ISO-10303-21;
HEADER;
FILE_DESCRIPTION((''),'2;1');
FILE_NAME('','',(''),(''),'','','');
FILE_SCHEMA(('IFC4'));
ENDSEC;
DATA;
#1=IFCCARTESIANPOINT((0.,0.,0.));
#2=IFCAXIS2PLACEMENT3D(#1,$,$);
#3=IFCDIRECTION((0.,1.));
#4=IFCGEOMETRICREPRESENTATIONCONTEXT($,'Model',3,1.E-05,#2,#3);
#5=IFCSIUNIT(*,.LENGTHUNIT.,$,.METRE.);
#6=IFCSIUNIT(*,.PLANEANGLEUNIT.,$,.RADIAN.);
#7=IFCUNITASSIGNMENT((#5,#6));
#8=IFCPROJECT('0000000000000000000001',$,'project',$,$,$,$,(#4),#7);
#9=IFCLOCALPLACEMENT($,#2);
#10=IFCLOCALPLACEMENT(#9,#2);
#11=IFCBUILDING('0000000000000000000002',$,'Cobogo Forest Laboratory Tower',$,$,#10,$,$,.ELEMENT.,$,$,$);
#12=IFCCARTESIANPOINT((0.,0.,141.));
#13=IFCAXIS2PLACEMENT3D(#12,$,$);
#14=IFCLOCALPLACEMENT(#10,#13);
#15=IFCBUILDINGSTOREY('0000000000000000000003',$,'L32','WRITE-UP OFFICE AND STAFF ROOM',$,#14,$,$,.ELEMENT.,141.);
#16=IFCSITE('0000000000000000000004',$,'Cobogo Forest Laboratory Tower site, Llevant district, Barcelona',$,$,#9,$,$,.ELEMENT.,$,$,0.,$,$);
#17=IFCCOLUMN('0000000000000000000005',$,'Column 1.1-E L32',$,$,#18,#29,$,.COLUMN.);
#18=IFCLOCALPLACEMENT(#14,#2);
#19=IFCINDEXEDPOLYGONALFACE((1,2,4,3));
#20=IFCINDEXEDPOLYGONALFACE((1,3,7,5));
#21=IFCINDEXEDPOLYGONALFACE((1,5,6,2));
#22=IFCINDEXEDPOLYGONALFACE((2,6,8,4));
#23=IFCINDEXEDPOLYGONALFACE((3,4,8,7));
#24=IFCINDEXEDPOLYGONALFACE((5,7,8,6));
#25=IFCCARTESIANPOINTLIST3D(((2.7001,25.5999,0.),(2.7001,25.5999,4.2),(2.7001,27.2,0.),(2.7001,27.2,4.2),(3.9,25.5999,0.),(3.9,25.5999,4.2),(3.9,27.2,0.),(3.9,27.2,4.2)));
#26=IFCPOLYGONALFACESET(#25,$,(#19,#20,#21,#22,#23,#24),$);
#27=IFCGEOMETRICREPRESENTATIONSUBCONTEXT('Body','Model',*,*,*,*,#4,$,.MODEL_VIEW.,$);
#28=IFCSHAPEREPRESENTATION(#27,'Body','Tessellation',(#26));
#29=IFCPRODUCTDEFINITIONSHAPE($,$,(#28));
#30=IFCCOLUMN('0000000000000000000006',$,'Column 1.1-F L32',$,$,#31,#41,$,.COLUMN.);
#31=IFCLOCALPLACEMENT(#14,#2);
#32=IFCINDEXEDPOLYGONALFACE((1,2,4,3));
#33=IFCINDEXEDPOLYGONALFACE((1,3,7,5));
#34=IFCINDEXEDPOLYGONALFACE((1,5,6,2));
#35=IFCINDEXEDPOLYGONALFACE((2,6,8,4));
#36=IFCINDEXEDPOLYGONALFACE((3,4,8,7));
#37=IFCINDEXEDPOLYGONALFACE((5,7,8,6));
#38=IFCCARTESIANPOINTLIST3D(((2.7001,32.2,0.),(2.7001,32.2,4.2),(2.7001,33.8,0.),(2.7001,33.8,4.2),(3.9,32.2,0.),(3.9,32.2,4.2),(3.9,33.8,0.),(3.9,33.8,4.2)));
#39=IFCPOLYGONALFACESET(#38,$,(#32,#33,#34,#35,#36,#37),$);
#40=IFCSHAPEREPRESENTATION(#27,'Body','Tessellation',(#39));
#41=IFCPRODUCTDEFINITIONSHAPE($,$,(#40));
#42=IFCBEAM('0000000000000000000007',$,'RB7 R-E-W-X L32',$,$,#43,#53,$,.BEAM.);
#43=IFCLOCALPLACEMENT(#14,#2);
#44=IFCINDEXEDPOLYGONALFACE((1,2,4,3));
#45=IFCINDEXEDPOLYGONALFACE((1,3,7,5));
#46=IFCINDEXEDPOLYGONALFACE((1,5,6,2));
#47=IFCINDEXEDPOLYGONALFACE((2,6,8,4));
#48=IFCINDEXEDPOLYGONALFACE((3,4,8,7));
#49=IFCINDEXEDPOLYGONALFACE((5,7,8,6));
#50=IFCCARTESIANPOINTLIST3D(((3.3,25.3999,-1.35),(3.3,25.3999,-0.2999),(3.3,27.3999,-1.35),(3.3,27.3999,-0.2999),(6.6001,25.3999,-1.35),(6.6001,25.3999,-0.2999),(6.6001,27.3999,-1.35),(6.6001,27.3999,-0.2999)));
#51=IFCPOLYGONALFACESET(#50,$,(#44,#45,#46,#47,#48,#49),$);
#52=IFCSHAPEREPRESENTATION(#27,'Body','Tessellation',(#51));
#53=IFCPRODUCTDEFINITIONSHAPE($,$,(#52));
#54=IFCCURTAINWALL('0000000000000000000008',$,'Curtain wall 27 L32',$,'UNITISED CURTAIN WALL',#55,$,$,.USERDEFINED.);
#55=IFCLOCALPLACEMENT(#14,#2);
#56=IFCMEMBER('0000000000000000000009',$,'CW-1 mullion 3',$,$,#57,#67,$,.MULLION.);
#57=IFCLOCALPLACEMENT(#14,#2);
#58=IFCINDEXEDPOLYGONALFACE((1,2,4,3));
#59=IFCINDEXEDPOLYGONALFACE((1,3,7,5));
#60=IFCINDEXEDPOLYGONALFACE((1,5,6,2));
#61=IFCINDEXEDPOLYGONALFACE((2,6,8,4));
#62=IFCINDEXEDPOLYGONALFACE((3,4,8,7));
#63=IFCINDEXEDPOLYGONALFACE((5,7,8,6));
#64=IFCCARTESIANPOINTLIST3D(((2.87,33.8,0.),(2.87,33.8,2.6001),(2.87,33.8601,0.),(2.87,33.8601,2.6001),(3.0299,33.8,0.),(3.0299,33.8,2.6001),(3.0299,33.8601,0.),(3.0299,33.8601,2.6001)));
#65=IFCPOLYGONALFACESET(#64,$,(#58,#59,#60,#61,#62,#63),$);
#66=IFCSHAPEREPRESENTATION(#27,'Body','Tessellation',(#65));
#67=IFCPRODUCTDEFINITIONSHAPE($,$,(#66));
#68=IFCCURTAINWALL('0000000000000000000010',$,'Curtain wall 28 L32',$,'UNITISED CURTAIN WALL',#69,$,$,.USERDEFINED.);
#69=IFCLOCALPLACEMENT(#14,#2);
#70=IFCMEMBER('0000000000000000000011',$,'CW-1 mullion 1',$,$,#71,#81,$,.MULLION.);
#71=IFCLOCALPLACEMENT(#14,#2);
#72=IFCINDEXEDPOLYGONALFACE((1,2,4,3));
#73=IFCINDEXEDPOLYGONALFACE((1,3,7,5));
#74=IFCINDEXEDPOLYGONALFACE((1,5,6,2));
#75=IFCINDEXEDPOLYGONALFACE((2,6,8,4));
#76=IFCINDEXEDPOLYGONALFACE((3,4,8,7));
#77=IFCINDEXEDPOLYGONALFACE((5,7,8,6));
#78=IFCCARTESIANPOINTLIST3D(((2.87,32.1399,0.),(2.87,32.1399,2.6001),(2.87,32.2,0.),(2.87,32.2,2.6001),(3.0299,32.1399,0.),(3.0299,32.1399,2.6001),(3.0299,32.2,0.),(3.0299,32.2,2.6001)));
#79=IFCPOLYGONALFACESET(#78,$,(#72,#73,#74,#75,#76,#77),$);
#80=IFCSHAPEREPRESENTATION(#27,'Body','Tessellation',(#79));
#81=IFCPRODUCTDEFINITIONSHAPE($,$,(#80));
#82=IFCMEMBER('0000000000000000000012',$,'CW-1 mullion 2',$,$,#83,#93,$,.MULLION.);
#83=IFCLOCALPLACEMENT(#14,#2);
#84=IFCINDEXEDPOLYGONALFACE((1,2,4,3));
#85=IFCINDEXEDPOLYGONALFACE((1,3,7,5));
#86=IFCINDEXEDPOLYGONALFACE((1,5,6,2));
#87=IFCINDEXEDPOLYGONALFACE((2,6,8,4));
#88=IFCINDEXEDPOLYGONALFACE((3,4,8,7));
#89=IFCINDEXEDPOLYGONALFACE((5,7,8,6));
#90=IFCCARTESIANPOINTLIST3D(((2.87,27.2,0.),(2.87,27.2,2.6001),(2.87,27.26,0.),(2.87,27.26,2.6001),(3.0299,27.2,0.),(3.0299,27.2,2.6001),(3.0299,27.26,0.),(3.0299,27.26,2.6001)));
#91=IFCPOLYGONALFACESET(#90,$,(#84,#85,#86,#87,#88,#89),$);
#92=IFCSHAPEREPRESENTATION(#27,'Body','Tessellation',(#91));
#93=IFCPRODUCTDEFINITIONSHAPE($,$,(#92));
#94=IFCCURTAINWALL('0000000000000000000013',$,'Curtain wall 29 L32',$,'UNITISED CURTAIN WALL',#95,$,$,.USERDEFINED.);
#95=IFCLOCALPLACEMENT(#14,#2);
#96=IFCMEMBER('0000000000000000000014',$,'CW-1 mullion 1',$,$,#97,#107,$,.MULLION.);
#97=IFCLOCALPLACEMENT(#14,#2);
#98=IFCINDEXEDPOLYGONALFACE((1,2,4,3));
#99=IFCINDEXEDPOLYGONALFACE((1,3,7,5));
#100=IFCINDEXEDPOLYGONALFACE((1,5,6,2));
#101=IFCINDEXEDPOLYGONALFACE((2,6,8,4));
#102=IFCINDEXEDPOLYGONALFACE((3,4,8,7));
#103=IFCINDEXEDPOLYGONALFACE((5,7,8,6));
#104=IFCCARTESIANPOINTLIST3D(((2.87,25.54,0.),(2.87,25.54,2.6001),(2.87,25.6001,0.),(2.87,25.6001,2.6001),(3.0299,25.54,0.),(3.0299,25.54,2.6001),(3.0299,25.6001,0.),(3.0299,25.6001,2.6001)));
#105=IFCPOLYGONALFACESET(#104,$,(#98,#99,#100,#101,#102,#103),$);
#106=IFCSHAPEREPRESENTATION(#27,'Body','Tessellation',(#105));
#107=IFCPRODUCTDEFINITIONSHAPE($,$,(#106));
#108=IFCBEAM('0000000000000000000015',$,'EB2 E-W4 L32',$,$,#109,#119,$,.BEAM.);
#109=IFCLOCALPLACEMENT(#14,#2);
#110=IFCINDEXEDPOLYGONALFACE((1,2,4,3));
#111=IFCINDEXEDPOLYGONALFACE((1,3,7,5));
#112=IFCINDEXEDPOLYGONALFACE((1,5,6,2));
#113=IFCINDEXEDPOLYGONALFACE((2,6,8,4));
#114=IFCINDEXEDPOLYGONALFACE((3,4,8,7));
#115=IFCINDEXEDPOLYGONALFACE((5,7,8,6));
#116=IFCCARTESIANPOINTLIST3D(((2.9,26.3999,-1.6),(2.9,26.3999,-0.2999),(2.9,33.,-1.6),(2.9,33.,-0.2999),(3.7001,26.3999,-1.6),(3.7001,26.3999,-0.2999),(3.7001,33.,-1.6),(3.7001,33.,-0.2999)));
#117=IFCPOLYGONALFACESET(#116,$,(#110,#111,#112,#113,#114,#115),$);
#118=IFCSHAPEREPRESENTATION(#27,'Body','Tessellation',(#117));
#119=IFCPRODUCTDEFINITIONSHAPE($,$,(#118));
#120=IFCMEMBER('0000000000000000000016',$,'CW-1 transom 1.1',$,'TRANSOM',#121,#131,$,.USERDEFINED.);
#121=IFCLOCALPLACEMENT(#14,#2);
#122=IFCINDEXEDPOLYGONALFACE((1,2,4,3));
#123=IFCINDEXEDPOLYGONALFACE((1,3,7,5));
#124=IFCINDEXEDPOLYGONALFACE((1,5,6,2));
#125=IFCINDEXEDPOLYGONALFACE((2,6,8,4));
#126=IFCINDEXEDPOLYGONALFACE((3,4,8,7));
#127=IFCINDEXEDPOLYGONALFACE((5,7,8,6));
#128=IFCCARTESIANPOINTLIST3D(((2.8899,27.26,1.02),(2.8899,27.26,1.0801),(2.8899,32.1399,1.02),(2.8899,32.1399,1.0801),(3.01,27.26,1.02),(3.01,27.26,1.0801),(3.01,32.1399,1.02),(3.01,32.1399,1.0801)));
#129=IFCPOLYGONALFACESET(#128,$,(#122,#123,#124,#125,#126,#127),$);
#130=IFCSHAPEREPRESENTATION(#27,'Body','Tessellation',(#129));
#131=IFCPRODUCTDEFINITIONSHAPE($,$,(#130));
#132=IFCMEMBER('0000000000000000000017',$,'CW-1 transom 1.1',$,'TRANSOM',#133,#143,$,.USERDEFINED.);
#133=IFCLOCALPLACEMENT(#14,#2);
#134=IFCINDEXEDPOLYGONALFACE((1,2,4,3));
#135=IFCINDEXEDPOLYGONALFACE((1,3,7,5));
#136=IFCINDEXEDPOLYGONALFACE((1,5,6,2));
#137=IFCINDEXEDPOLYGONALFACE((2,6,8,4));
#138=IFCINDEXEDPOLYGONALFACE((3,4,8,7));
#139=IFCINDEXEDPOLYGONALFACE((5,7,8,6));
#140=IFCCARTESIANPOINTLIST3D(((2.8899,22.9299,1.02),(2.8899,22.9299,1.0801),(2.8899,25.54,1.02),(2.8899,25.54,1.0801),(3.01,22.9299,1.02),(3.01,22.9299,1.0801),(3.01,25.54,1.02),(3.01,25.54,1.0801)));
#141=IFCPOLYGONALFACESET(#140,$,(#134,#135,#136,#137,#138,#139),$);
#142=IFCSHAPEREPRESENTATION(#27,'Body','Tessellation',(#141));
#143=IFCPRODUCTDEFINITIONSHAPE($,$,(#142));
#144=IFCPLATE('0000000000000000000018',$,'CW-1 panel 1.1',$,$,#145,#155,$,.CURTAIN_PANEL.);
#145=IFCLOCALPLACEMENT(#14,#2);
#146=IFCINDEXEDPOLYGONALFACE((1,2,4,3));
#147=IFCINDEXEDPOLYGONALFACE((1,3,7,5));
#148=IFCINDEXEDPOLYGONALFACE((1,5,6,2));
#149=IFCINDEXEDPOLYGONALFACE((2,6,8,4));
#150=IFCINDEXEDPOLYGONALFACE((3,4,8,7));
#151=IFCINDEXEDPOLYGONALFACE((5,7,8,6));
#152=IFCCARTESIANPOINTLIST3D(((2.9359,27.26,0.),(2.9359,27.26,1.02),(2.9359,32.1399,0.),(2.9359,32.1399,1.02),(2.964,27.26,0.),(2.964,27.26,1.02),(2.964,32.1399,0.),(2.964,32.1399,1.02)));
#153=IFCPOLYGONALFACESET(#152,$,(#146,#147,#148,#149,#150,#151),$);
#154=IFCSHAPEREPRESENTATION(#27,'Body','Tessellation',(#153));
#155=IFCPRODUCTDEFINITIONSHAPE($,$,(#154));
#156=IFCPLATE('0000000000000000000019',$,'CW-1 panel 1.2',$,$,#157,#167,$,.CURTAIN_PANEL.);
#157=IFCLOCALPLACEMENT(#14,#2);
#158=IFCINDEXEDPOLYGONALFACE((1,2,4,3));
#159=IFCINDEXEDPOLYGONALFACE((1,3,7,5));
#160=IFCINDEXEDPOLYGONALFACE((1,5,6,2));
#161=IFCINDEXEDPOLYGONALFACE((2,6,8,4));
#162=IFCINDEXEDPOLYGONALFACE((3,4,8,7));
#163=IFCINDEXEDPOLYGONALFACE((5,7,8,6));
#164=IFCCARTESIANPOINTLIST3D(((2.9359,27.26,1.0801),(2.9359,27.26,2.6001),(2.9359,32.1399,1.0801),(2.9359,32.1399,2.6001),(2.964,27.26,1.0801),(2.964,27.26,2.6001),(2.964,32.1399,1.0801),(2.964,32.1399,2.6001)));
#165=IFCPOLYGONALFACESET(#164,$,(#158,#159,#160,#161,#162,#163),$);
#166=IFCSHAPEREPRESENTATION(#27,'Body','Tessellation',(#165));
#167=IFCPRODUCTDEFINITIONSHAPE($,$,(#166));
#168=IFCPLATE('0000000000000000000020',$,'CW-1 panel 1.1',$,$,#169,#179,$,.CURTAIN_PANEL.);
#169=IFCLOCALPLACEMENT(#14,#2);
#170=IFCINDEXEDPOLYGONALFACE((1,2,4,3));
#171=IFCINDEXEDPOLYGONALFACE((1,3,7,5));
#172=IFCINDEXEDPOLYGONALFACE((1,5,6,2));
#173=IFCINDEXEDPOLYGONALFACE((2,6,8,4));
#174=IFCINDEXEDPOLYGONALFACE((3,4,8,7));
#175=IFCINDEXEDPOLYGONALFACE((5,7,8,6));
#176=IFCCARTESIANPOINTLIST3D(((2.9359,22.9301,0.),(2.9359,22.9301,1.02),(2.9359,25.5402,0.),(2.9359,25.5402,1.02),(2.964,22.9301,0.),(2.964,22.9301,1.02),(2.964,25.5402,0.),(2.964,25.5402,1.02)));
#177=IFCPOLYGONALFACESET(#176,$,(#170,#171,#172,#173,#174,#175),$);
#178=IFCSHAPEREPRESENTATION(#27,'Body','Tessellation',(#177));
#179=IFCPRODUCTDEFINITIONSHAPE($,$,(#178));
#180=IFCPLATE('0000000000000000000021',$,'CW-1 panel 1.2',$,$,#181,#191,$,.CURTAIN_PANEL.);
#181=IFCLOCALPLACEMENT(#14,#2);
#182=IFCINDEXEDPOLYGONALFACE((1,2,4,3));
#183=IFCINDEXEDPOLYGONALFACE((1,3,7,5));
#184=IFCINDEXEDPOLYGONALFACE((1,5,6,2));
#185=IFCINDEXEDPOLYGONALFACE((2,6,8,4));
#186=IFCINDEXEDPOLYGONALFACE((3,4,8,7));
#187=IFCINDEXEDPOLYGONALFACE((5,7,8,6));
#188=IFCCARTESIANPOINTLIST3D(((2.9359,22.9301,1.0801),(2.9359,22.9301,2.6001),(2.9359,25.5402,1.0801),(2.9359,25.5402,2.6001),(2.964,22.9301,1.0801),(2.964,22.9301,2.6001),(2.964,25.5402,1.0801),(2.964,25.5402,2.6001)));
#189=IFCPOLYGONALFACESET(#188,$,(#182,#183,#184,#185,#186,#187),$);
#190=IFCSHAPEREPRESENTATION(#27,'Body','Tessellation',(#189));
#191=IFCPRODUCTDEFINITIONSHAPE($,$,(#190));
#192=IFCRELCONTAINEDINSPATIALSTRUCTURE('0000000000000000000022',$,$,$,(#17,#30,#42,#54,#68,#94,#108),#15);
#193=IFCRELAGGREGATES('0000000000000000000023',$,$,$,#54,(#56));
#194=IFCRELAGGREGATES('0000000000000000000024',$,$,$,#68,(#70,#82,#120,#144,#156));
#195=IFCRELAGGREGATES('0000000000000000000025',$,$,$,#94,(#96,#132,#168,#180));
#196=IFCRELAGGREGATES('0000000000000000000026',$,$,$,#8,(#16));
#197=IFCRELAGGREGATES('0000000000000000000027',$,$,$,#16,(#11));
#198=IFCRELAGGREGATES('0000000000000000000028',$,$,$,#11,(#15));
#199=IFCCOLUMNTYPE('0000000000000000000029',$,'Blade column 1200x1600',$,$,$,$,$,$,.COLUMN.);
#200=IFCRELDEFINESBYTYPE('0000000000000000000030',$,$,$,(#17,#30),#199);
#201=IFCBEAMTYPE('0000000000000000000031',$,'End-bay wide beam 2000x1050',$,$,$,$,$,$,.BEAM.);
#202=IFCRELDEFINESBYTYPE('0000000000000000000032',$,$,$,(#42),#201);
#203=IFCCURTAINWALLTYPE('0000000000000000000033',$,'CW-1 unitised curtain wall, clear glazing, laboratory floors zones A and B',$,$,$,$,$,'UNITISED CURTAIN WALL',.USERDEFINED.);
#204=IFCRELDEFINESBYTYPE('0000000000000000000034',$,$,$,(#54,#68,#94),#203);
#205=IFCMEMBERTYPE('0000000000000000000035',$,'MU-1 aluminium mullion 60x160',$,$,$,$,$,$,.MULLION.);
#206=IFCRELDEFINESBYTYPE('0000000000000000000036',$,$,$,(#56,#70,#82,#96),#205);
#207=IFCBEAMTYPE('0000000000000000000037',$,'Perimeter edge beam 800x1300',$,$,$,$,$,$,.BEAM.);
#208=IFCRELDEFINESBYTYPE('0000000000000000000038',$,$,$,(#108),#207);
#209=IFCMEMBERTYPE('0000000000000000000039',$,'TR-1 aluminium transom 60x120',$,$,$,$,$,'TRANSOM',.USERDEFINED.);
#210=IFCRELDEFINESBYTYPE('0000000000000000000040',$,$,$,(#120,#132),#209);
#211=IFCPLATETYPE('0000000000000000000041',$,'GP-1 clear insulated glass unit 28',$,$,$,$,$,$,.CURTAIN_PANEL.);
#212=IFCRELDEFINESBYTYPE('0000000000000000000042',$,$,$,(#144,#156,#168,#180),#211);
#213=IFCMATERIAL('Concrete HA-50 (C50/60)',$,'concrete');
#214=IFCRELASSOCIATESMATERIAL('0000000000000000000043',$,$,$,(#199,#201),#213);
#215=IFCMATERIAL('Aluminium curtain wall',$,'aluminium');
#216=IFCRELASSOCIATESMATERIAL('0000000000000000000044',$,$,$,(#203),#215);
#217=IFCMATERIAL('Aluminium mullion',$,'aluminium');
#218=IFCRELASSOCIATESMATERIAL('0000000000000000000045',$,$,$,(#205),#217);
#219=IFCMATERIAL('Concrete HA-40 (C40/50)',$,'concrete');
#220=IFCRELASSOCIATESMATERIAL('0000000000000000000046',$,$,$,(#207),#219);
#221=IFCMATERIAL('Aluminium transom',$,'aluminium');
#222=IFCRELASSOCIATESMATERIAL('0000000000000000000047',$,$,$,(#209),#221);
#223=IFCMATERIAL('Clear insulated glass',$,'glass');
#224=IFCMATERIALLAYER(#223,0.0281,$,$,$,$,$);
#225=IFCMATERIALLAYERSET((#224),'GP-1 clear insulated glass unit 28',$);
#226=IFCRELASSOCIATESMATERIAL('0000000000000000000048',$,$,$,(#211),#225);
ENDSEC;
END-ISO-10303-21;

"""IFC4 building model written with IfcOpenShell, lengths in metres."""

from ifc_helpers import new_model, si_unit, direction, frame, origin, origin_2d, place, context, subcontext, project, spatial, rectangle, extrude, material, layer, layer_set, material_profile, profile_set, type_object, element, aggregate, save


model = new_model("IFC4")

# Units and contexts
model_context = context("Model", 3, precision=1e-05, world=origin(), true_north=direction((0.0, 1.0)))
body_context = subcontext(model_context, "Body", "Model", "MODEL_VIEW")
ifc_project = project(units=[si_unit("LENGTHUNIT", "METRE"), si_unit("PLANEANGLEUNIT", "RADIAN")], contexts=[model_context])

# Site, building, storey
site_placement = place(None, origin())
site = spatial("IfcSite", under=ifc_project, at=site_placement, Name="Cobogo Forest Laboratory Tower site, Llevant district, Barcelona", CompositionType="ELEMENT", RefElevation=0.0)
building_placement = place(site_placement, origin())
building = spatial("IfcBuilding", under=site, at=building_placement, Name="Cobogo Forest Laboratory Tower", CompositionType="ELEMENT")
storey_placement = place(building_placement, frame((0.0, 0.0, 141.0)))
storey = spatial("IfcBuildingStorey", under=building, at=storey_placement, Name="L32", Description="WRITE-UP OFFICE AND STAFF ROOM", CompositionType="ELEMENT", Elevation=141.0)

# Columns
ifc_material_1 = material(Name="Concrete HA-50 (C50/60)", Category="concrete")
ifc_material_profile_1 = material_profile(ifc_material_1, rectangle(XDim=1.6001, YDim=1.2, at=origin_2d()), Name="RC 1200x1600")
ifc_profile_set_1 = profile_set([ifc_material_profile_1], Name="Concrete HA-50 (C50/60)")
column_type = type_object("IfcColumnType", Name="Blade column 1200x1600", PredefinedType="COLUMN", material=ifc_profile_set_1)
for number, where, z_axis, x_axis, name in (
    (1, (3.3, 26.3999, 0.0), (0.0, 0.0, 1.0), (0.0, 1.0, 0.0), "Column 1.1-E L32"),
    (2, (3.3, 33.0, 0.0), (0.0, 0.0, 1.0), (0.0, 1.0, 0.0), "Column 1.1-F L32"),
):
    element("IfcColumn", number, at=place(storey_placement, frame(where, z_axis=z_axis, x_axis=x_axis)), inside=storey, type_object=column_type, Name=name, PredefinedType="COLUMN", context=body_context, shape_type="SweptSolid", body=[
        extrude(rectangle(XDim=1.6001, YDim=1.2, at=origin_2d()), origin(), (0.0, 0.0, 1.0), 4.2),
    ])

# Beam
ifc_material_profile_2 = material_profile(ifc_material_1, rectangle(XDim=2.0, YDim=1.05, at=origin_2d()), Name="RC 2000x1050")
ifc_profile_set_2 = profile_set([ifc_material_profile_2], Name="Concrete HA-50 (C50/60)")
beam_type_1 = type_object("IfcBeamType", Name="End-bay wide beam 2000x1050", PredefinedType="BEAM", material=ifc_profile_set_2)
beam_1_placement = place(storey_placement, frame((3.3, 26.3999, -0.825), z_axis=(1.0, 0.0, 0.0), x_axis=(0.0, 1.0, 0.0)))
element("IfcBeam", 3, at=beam_1_placement, inside=storey, type_object=beam_type_1, Name="RB7 R-E-W-X L32", PredefinedType="BEAM", context=body_context, shape_type="SweptSolid", body=[
    extrude(rectangle(XDim=2.0, YDim=1.05, at=origin_2d()), origin(), (0.0, 0.0, 1.0), 3.3),
])

# Curtain wall, member
ifc_material_2 = material(Name="Aluminium curtain wall", Category="aluminium")
curtain_wall_type = type_object("IfcCurtainWallType", Name="CW-1 unitised curtain wall, clear glazing, laboratory floors zones A and B", ElementType="UNITISED CURTAIN WALL", PredefinedType="USERDEFINED", material=ifc_material_2)
curtain_wall_1_placement = place(storey_placement, origin())
curtain_wall_1 = element("IfcCurtainWall", 4, at=curtain_wall_1_placement, inside=storey, type_object=curtain_wall_type, Name="Curtain wall 27 L32", ObjectType="UNITISED CURTAIN WALL", PredefinedType="USERDEFINED")
ifc_material_3 = material(Name="Aluminium mullion", Category="aluminium")
ifc_material_profile_3 = material_profile(ifc_material_3, rectangle(XDim=0.0601, YDim=0.1599, at=origin_2d()), Name="AL 60x160")
ifc_profile_set_3 = profile_set([ifc_material_profile_3], Name="Aluminium mullion")
member_type_1 = type_object("IfcMemberType", Name="MU-1 aluminium mullion 60x160", PredefinedType="MULLION", material=ifc_profile_set_3)
member_1_placement = place(storey_placement, frame((2.95, 33.8301, 0.0), z_axis=(0.0, 0.0, 1.0), x_axis=(0.0, -1.0, 0.0)))
member_1 = element("IfcMember", 5, at=member_1_placement, type_object=member_type_1, Name="CW-1 mullion 3", PredefinedType="MULLION", context=body_context, shape_type="SweptSolid", body=[
    extrude(rectangle(XDim=0.0601, YDim=0.1599, at=origin_2d()), origin(), (0.0, 0.0, 1.0), 2.6001),
])
aggregate(curtain_wall_1, [member_1])

# Curtain wall, members
curtain_wall_2_placement = place(storey_placement, origin())
curtain_wall_2 = element("IfcCurtainWall", 6, at=curtain_wall_2_placement, inside=storey, type_object=curtain_wall_type, Name="Curtain wall 28 L32", ObjectType="UNITISED CURTAIN WALL", PredefinedType="USERDEFINED")
member_2_placement = place(storey_placement, frame((2.95, 32.1699, 0.0), z_axis=(0.0, 0.0, 1.0), x_axis=(0.0, -1.0, 0.0)))
member_2 = element("IfcMember", 7, at=member_2_placement, type_object=member_type_1, Name="CW-1 mullion 1", PredefinedType="MULLION", context=body_context, shape_type="SweptSolid", body=[
    extrude(rectangle(XDim=0.0601, YDim=0.1599, at=origin_2d()), origin(), (0.0, 0.0, 1.0), 2.6001),
])
member_3_placement = place(storey_placement, frame((2.95, 27.23, 0.0), z_axis=(0.0, 0.0, 1.0), x_axis=(0.0, -1.0, 0.0)))
member_3 = element("IfcMember", 8, at=member_3_placement, type_object=member_type_1, Name="CW-1 mullion 2", PredefinedType="MULLION", context=body_context, shape_type="SweptSolid", body=[
    extrude(rectangle(XDim=0.0601, YDim=0.1599, at=origin_2d()), origin(), (0.0, 0.0, 1.0), 2.6001),
])

# Curtain wall, member
curtain_wall_3_placement = place(storey_placement, origin())
curtain_wall_3 = element("IfcCurtainWall", 9, at=curtain_wall_3_placement, inside=storey, type_object=curtain_wall_type, Name="Curtain wall 29 L32", ObjectType="UNITISED CURTAIN WALL", PredefinedType="USERDEFINED")
member_4_placement = place(storey_placement, frame((2.95, 25.5701, 0.0), z_axis=(0.0, 0.0, 1.0), x_axis=(0.0, -1.0, 0.0)))
member_4 = element("IfcMember", 10, at=member_4_placement, type_object=member_type_1, Name="CW-1 mullion 1", PredefinedType="MULLION", context=body_context, shape_type="SweptSolid", body=[
    extrude(rectangle(XDim=0.0601, YDim=0.1599, at=origin_2d()), origin(), (0.0, 0.0, 1.0), 2.6001),
])

# Beam
ifc_material_4 = material(Name="Concrete HA-40 (C40/50)", Category="concrete")
ifc_material_profile_4 = material_profile(ifc_material_4, rectangle(XDim=0.8, YDim=1.3, at=origin_2d()), Name="RC 800x1300")
ifc_profile_set_4 = profile_set([ifc_material_profile_4], Name="Concrete HA-40 (C40/50)")
beam_type_2 = type_object("IfcBeamType", Name="Perimeter edge beam 800x1300", PredefinedType="BEAM", material=ifc_profile_set_4)
beam_2_placement = place(storey_placement, frame((3.3, 26.3999, -0.95), z_axis=(0.0, 1.0, 0.0), x_axis=(-1.0, 0.0, 0.0)))
element("IfcBeam", 11, at=beam_2_placement, inside=storey, type_object=beam_type_2, Name="EB2 E-W4 L32", PredefinedType="BEAM", context=body_context, shape_type="SweptSolid", body=[
    extrude(rectangle(XDim=0.8, YDim=1.3, at=origin_2d()), origin(), (0.0, 0.0, 1.0), 6.6001),
])

# Members
ifc_material_5 = material(Name="Aluminium transom", Category="aluminium")
ifc_material_profile_5 = material_profile(ifc_material_5, rectangle(XDim=0.1201, YDim=0.0601, at=origin_2d()), Name="AL 60x120")
ifc_profile_set_5 = profile_set([ifc_material_profile_5], Name="Aluminium transom")
member_type_2 = type_object("IfcMemberType", Name="TR-1 aluminium transom 60x120", ElementType="TRANSOM", PredefinedType="USERDEFINED", material=ifc_profile_set_5)
member_5_placement = place(storey_placement, frame((2.95, 32.1399, 1.05), z_axis=(0.0, -1.0, 0.0), x_axis=(1.0, 0.0, 0.0)))
member_5 = element("IfcMember", 12, at=member_5_placement, type_object=member_type_2, Name="CW-1 transom 1.1", ObjectType="TRANSOM", PredefinedType="USERDEFINED", context=body_context, shape_type="SweptSolid", body=[
    extrude(rectangle(XDim=0.1201, YDim=0.0601, at=origin_2d()), origin(), (0.0, 0.0, 1.0), 4.8799),
])
member_6_placement = place(storey_placement, frame((2.95, 25.54, 1.05), z_axis=(0.0, -1.0, 0.0), x_axis=(1.0, 0.0, 0.0)))
member_6 = element("IfcMember", 13, at=member_6_placement, type_object=member_type_2, Name="CW-1 transom 1.1", ObjectType="TRANSOM", PredefinedType="USERDEFINED", context=body_context, shape_type="SweptSolid", body=[
    extrude(rectangle(XDim=0.1201, YDim=0.0601, at=origin_2d()), origin(), (0.0, 0.0, 1.0), 2.6101),
])

# Plates
ifc_material_6 = material(Name="Clear insulated glass", Category="glass")
ifc_layer = layer(ifc_material_6, 0.0281)
ifc_layer_set = layer_set([ifc_layer], Name="GP-1 clear insulated glass unit 28")
plate_type_1 = type_object("IfcPlateType", Name="GP-1 clear insulated glass unit 28", PredefinedType="CURTAIN_PANEL", material=ifc_layer_set)
plate_1_placement = place(storey_placement, frame((2.95, 29.7, 0.0), z_axis=(0.0, 0.0, 1.0), x_axis=(0.0, -1.0, 0.0)))
plate_1 = element("IfcPlate", 14, at=plate_1_placement, type_object=plate_type_1, Name="CW-1 panel 1.1", PredefinedType="CURTAIN_PANEL", context=body_context, shape_type="SweptSolid", body=[
    extrude(rectangle(XDim=4.8799, YDim=0.0281, at=origin_2d()), origin(), (0.0, 0.0, 1.0), 1.02),
])
plate_2_placement = place(storey_placement, frame((2.95, 29.7, 1.0801), z_axis=(0.0, 0.0, 1.0), x_axis=(0.0, -1.0, 0.0)))
plate_2 = element("IfcPlate", 15, at=plate_2_placement, type_object=plate_type_1, Name="CW-1 panel 1.2", PredefinedType="CURTAIN_PANEL", context=body_context, shape_type="SweptSolid", body=[
    extrude(rectangle(XDim=4.8799, YDim=0.0281, at=origin_2d()), origin(), (0.0, 0.0, 1.0), 1.52),
])
aggregate(curtain_wall_2, [member_2, member_3, member_5, plate_1, plate_2])
plate_3_placement = place(storey_placement, frame((2.95, 24.2351, 0.0), z_axis=(0.0, 0.0, 1.0), x_axis=(0.0, -1.0, 0.0)))
plate_3 = element("IfcPlate", 16, at=plate_3_placement, type_object=plate_type_1, Name="CW-1 panel 1.1", PredefinedType="CURTAIN_PANEL", context=body_context, shape_type="SweptSolid", body=[
    extrude(rectangle(XDim=2.6101, YDim=0.0281, at=origin_2d()), origin(), (0.0, 0.0, 1.0), 1.02),
])
plate_4_placement = place(storey_placement, frame((2.95, 24.2351, 1.0801), z_axis=(0.0, 0.0, 1.0), x_axis=(0.0, -1.0, 0.0)))
plate_4 = element("IfcPlate", 17, at=plate_4_placement, type_object=plate_type_1, Name="CW-1 panel 1.2", PredefinedType="CURTAIN_PANEL", context=body_context, shape_type="SweptSolid", body=[
    extrude(rectangle(XDim=2.6101, YDim=0.0281, at=origin_2d()), origin(), (0.0, 0.0, 1.0), 1.52),
])
aggregate(curtain_wall_3, [member_4, member_6, plate_3, plate_4])

save(model, "model.ifc")
